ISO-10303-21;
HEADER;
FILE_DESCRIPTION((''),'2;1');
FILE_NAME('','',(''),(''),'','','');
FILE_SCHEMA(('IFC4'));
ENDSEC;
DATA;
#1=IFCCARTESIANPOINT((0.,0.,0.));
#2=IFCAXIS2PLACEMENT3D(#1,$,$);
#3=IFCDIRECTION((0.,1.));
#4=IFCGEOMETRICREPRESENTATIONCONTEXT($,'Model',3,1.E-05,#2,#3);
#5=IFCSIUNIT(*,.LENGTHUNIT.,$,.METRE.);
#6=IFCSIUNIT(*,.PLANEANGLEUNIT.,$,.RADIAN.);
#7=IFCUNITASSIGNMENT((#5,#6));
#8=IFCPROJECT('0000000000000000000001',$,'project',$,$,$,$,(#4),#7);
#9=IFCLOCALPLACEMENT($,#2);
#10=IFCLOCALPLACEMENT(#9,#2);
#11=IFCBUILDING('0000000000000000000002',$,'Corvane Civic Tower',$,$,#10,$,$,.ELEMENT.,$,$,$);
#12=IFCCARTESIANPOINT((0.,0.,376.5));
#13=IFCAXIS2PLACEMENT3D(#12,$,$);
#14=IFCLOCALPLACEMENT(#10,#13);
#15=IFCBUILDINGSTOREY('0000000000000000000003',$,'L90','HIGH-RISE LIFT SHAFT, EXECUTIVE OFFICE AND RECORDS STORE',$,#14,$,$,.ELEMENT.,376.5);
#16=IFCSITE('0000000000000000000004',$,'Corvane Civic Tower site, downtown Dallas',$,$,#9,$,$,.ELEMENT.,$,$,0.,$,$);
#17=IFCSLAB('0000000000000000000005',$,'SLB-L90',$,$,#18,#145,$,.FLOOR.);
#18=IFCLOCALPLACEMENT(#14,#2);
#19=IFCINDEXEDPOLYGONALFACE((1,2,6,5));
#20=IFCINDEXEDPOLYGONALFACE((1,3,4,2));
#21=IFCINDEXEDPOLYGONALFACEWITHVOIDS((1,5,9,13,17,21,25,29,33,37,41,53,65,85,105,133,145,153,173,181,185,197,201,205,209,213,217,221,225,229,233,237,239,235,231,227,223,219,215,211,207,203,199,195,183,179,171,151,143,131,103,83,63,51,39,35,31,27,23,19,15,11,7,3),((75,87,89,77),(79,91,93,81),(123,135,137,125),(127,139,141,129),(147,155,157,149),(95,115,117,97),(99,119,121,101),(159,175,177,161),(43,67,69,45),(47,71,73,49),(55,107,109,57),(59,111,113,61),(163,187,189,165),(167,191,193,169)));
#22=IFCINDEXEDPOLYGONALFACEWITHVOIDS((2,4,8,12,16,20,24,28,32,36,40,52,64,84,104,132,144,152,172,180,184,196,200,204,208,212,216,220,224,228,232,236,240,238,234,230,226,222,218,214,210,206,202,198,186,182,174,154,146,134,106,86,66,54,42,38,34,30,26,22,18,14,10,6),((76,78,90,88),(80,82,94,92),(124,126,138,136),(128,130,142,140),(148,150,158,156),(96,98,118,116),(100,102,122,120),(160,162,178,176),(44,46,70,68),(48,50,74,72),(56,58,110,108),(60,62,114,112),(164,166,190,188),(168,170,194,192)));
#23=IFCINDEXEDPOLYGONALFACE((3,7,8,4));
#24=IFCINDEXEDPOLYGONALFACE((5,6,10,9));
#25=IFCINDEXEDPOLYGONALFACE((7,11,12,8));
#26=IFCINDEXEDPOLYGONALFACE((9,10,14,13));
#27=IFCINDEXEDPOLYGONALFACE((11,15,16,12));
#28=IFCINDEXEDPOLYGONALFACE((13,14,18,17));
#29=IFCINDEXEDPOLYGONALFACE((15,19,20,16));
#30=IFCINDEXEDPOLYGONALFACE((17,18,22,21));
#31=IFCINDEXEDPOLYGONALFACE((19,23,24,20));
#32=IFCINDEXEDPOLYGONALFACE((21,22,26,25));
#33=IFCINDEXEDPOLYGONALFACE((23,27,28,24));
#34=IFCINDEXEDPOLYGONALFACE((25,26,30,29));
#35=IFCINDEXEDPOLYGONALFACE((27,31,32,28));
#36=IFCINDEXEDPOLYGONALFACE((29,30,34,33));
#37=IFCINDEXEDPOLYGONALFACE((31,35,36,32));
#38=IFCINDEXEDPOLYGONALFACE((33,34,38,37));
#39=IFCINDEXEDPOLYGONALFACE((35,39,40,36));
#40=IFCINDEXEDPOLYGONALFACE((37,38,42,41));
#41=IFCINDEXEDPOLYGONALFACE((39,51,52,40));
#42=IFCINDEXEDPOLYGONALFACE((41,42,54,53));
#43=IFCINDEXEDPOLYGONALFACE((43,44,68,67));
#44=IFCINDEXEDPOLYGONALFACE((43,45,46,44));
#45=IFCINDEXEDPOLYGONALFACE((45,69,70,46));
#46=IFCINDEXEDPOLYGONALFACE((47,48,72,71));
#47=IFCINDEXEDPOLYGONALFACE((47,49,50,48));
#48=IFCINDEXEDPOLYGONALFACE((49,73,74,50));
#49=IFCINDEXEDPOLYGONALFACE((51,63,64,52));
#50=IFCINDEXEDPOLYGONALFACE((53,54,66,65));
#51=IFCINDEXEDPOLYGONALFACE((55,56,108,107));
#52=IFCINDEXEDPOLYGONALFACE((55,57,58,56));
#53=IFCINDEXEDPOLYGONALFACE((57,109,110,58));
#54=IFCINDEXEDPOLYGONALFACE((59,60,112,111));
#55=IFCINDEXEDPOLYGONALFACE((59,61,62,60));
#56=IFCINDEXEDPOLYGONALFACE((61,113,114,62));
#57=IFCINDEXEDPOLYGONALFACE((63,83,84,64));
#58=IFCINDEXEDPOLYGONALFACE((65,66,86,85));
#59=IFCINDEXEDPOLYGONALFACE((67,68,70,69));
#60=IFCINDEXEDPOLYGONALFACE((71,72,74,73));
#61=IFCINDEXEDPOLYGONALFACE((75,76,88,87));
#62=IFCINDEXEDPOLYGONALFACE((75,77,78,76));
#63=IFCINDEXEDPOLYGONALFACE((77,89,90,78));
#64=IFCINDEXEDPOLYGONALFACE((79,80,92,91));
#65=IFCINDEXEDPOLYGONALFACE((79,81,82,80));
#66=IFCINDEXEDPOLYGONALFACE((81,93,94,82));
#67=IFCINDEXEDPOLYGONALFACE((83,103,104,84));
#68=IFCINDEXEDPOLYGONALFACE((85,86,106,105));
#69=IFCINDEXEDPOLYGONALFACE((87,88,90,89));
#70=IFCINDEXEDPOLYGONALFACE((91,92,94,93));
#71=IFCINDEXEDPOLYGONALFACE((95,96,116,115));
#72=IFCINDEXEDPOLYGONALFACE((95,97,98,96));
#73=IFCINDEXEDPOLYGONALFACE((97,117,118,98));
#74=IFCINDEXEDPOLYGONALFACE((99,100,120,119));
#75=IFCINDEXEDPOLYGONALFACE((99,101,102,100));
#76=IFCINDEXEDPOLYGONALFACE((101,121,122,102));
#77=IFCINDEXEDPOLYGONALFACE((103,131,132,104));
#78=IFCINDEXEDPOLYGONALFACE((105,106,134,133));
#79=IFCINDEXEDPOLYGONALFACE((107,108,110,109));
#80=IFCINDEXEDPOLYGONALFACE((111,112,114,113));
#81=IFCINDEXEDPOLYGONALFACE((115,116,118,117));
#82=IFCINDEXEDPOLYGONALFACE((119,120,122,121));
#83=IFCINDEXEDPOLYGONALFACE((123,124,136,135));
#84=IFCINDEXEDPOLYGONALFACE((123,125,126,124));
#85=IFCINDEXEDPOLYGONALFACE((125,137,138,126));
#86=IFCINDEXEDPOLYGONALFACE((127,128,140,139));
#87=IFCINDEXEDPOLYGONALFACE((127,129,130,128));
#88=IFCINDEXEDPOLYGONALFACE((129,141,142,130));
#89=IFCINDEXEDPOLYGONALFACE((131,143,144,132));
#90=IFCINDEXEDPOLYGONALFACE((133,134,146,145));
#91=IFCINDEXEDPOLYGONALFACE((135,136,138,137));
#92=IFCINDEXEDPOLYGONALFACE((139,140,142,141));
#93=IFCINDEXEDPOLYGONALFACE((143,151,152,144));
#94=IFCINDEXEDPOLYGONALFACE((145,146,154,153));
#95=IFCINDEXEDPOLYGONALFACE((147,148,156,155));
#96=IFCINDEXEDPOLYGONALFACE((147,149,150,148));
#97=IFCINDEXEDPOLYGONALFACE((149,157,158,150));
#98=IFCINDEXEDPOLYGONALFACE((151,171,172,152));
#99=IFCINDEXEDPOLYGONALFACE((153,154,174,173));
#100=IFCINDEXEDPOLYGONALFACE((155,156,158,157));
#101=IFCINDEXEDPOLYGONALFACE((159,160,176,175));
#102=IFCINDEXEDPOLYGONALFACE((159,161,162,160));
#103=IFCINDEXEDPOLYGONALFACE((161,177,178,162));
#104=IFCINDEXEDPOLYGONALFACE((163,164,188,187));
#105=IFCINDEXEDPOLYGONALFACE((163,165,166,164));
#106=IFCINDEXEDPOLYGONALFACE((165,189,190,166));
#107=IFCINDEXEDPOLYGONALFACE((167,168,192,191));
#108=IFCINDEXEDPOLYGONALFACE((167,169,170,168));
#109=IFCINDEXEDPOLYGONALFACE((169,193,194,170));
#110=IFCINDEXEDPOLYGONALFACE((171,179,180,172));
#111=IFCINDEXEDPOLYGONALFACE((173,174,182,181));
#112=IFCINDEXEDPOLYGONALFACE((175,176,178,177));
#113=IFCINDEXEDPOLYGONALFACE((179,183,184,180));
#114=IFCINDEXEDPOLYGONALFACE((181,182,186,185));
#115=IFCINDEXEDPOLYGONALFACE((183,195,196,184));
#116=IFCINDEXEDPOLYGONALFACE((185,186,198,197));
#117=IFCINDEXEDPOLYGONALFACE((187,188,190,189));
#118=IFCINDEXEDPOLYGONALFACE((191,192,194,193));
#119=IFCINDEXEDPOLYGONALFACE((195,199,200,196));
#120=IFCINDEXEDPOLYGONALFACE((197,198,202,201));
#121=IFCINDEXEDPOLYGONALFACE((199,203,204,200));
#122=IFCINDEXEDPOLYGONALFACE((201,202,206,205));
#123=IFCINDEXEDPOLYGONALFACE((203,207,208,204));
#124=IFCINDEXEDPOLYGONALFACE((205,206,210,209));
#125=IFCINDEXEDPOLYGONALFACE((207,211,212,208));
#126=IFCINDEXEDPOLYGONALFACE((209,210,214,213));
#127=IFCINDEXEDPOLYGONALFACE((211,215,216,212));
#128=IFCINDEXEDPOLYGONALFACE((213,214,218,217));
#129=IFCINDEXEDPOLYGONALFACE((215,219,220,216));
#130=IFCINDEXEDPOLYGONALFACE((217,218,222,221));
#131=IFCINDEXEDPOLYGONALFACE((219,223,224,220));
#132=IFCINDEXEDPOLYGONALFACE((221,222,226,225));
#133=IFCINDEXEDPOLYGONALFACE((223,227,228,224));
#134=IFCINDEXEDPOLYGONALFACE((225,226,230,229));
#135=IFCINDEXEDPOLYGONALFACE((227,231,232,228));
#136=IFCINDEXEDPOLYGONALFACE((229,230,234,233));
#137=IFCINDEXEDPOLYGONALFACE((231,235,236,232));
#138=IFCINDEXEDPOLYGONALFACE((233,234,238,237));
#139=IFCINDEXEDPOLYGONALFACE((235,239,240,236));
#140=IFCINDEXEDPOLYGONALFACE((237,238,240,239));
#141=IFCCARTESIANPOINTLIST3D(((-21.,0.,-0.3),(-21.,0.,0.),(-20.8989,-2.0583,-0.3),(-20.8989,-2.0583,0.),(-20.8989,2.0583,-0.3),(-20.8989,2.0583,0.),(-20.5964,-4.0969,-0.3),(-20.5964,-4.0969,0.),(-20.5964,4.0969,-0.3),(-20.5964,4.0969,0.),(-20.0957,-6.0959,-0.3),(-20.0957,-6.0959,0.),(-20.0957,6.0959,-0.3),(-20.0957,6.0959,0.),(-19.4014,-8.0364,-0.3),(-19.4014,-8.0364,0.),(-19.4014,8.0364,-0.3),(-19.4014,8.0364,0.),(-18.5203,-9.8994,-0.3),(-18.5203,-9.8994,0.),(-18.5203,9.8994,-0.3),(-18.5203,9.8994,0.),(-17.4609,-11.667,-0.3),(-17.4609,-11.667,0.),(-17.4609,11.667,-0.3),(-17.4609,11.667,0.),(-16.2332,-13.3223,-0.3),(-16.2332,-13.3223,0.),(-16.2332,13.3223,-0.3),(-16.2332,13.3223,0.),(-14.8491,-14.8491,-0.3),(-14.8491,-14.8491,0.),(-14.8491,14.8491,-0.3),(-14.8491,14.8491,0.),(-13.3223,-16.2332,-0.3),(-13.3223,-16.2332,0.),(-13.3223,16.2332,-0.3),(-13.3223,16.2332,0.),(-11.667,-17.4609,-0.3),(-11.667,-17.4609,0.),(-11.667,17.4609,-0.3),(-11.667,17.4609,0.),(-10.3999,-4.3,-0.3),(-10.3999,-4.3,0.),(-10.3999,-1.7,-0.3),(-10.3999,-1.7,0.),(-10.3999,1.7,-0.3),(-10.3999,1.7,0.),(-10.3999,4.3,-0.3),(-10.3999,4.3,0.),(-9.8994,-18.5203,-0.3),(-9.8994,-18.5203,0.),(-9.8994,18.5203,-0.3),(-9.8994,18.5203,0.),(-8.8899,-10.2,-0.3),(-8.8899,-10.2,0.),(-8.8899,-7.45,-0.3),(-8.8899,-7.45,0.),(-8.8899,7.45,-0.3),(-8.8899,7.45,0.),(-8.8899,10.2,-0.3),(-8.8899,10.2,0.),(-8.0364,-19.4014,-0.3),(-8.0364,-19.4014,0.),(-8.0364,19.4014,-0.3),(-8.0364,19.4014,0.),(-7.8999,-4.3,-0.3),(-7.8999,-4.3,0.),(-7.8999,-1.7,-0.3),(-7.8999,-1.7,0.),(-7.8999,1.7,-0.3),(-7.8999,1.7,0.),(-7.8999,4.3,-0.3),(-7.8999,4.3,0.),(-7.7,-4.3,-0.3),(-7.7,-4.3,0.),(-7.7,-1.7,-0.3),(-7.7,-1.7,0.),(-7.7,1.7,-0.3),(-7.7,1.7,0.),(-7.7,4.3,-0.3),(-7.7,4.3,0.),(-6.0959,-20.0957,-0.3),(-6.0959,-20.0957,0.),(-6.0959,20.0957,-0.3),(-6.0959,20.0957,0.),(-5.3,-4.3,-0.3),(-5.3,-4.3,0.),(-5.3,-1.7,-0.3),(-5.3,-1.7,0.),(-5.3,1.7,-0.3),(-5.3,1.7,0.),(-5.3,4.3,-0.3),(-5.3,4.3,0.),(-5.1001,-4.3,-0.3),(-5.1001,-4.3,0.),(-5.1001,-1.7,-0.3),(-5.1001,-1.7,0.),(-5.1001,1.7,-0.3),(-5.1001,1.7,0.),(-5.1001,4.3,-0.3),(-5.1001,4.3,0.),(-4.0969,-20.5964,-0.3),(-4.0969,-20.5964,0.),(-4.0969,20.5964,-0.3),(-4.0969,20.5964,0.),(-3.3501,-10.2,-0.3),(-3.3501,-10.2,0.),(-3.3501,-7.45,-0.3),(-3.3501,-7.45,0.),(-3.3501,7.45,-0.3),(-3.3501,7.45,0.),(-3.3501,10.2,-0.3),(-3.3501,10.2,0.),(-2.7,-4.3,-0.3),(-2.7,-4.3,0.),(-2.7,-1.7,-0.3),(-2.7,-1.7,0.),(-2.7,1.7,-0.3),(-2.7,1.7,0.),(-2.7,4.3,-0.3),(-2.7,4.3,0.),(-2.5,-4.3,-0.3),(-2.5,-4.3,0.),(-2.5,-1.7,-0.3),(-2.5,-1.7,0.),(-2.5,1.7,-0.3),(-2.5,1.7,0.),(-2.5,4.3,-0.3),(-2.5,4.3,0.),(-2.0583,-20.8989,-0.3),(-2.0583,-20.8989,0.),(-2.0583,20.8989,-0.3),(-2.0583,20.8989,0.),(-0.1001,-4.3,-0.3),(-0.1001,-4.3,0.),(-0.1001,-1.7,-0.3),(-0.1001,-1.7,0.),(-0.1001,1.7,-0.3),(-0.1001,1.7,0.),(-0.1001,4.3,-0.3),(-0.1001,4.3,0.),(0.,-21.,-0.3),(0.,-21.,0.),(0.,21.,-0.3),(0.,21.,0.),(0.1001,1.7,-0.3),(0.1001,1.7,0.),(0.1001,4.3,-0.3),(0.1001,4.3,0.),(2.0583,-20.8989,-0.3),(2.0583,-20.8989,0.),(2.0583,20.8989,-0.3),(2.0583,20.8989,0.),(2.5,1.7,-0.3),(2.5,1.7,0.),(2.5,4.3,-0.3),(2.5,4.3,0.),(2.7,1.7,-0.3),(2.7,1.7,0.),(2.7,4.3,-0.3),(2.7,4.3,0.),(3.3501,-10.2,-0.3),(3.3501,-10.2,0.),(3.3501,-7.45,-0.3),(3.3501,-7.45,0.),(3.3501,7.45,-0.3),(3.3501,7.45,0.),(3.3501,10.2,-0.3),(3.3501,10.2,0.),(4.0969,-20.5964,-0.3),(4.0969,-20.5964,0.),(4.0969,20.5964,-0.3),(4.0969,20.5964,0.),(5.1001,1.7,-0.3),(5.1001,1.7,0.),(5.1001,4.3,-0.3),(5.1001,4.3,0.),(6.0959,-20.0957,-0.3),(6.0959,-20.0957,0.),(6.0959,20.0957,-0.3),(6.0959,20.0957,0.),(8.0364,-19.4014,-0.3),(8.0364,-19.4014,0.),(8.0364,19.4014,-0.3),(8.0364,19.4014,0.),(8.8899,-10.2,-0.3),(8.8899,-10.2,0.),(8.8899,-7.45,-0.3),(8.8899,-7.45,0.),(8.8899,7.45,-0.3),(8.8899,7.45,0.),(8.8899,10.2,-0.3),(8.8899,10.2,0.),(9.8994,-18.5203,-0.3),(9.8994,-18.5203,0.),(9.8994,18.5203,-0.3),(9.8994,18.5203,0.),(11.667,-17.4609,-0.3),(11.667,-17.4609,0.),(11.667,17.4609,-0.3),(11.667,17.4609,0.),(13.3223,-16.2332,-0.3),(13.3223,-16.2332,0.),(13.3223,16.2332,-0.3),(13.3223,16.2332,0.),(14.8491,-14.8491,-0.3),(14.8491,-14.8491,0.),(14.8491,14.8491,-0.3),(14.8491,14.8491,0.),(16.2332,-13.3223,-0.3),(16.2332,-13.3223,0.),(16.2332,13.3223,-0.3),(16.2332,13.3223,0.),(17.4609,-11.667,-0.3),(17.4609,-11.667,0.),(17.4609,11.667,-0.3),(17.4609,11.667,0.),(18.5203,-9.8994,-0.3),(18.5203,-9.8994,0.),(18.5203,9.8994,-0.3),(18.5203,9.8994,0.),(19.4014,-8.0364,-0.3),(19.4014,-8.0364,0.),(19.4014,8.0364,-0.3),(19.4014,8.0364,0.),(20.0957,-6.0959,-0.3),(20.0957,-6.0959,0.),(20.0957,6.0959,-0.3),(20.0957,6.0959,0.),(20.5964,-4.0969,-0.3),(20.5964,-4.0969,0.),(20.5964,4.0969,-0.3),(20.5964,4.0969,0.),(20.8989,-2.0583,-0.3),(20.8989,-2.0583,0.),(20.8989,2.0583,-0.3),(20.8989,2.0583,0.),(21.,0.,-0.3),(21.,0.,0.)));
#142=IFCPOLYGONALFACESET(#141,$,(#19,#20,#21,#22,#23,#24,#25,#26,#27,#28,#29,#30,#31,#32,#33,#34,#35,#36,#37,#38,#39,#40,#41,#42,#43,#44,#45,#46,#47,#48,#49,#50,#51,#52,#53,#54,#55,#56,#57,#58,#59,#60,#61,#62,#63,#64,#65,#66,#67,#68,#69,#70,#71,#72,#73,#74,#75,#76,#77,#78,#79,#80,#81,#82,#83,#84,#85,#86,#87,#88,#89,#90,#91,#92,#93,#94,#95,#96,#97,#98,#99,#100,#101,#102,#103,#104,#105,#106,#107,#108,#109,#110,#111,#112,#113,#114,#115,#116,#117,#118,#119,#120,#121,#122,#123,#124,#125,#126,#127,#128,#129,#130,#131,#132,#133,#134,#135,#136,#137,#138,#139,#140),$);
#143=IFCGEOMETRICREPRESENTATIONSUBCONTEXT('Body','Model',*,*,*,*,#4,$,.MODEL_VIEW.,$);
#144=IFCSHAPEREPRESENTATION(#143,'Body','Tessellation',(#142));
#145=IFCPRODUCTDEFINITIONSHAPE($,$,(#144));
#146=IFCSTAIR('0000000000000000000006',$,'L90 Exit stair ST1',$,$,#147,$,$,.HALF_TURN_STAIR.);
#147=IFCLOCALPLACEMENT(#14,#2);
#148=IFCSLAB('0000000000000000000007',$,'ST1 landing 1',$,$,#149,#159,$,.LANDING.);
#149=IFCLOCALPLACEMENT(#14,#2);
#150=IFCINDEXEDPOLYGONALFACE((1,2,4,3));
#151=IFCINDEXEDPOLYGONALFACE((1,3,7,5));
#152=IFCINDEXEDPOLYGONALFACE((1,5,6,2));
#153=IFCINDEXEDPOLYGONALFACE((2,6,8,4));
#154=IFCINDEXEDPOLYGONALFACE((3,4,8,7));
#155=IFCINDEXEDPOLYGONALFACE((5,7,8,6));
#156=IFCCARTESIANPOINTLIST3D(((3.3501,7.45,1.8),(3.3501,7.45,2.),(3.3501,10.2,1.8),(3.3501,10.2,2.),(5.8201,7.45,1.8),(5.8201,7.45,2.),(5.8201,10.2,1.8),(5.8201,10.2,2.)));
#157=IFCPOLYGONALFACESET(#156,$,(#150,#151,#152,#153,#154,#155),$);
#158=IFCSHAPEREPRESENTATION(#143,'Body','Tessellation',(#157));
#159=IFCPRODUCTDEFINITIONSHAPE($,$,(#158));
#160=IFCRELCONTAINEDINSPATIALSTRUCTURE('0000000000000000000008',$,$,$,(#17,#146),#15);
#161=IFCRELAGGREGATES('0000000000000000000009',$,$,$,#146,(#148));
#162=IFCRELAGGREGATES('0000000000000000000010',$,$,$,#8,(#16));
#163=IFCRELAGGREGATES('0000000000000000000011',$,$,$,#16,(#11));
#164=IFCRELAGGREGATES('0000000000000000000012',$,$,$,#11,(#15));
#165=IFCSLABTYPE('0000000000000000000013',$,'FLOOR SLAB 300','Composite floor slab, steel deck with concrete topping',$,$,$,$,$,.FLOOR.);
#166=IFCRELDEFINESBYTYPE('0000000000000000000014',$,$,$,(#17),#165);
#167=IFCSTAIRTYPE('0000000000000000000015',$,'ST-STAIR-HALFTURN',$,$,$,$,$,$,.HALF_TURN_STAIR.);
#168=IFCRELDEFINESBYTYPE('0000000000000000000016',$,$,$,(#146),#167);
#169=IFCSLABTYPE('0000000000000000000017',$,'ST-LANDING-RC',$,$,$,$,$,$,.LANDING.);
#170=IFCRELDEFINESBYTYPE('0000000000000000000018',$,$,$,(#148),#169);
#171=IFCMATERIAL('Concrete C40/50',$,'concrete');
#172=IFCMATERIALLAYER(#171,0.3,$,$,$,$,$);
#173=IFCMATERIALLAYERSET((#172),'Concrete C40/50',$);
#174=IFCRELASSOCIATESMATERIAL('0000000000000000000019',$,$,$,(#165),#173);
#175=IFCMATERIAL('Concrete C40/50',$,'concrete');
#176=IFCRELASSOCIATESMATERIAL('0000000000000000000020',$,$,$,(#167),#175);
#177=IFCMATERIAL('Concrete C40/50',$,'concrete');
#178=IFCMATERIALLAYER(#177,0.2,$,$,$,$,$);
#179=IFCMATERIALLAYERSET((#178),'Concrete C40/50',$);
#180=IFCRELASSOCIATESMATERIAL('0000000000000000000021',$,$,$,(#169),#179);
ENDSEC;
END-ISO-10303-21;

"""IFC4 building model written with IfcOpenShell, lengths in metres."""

from ifc_helpers import new_model, si_unit, direction, frame, origin, place, context, subcontext, project, spatial, polyline, outline, extrude, material, layer, layer_set, type_object, element, aggregate, save


model = new_model("IFC4")

# Units and contexts
model_context = context("Model", 3, precision=1e-05, world=origin(), true_north=direction((0.0, 1.0)))
body_context = subcontext(model_context, "Body", "Model", "MODEL_VIEW")
ifc_project = project(units=[si_unit("LENGTHUNIT", "METRE"), si_unit("PLANEANGLEUNIT", "RADIAN")], contexts=[model_context])

# Site, building, storey
site_placement = place(None, origin())
site = spatial("IfcSite", under=ifc_project, at=site_placement, Name="Corvane Civic Tower site, downtown Dallas", CompositionType="ELEMENT", RefElevation=0.0)
building_placement = place(site_placement, origin())
building = spatial("IfcBuilding", under=site, at=building_placement, Name="Corvane Civic Tower", CompositionType="ELEMENT")
storey_placement = place(building_placement, frame((0.0, 0.0, 376.5)))
storey = spatial("IfcBuildingStorey", under=building, at=storey_placement, Name="L90", Description="HIGH-RISE LIFT SHAFT, EXECUTIVE OFFICE AND RECORDS STORE", CompositionType="ELEMENT", Elevation=376.5)

# Slab
ifc_material_1 = material(Name="Concrete C40/50", Category="concrete")
ifc_layer_1 = layer(ifc_material_1, 0.3)
ifc_layer_set_1 = layer_set([ifc_layer_1], Name="Concrete C40/50")
slab_type_1 = type_object("IfcSlabType", Name="FLOOR SLAB 300", Description="Composite floor slab, steel deck with concrete topping", PredefinedType="FLOOR", material=ifc_layer_set_1)
slab_1_placement = place(storey_placement, frame((0.0, 0.0, -0.3)))
element("IfcSlab", 1, at=slab_1_placement, inside=storey, type_object=slab_type_1, Name="SLB-L90", PredefinedType="FLOOR", context=body_context, shape_type="SweptSolid", body=[
    extrude(outline(polyline([(0.0, 21.0), (-2.0583, 20.8989), (-4.0969, 20.5964), (-6.0959, 20.0957), (-8.0364, 19.4014), (-9.8994, 18.5203), (-11.667, 17.4609), (-13.3223, 16.2332), (-14.8491, 14.8491), (-16.2332, 13.3223), (-17.4609, 11.667), (-18.5203, 9.8994), (-19.4014, 8.0364), (-20.0957, 6.0959), (-20.5964, 4.0969), (-20.8989, 2.0583), (-21.0, 0.0), (-20.8989, -2.0583), (-20.5964, -4.0969), (-20.0957, -6.0959), (-19.4014, -8.0364), (-18.5203, -9.8994), (-17.4609, -11.667), (-16.2332, -13.3223), (-14.8491, -14.8491), (-13.3223, -16.2332), (-11.667, -17.4609), (-9.8994, -18.5203), (-8.0364, -19.4014), (-6.0959, -20.0957), (-4.0969, -20.5964), (-2.0583, -20.8989), (0.0, -21.0), (2.0583, -20.8989), (4.0969, -20.5964), (6.0959, -20.0957), (8.0364, -19.4014), (9.8994, -18.5203), (11.667, -17.4609), (13.3223, -16.2332), (14.8491, -14.8491), (16.2332, -13.3223), (17.4609, -11.667), (18.5203, -9.8994), (19.4014, -8.0364), (20.0957, -6.0959), (20.5964, -4.0969), (20.8989, -2.0583), (21.0, 0.0), (20.8989, 2.0583), (20.5964, 4.0969), (20.0957, 6.0959), (19.4014, 8.0364), (18.5203, 9.8994), (17.4609, 11.667), (16.2332, 13.3223), (14.8491, 14.8491), (13.3223, 16.2332), (11.667, 17.4609), (9.8994, 18.5203), (8.0364, 19.4014), (6.0959, 20.0957), (4.0969, 20.5964), (2.0583, 20.8989), (0.0, 21.0)]), holes=[polyline([(-10.3999, 4.3), (-7.8999, 4.3), (-7.8999, 1.7), (-10.3999, 1.7), (-10.3999, 4.3)]), polyline([(-5.3, 1.7), (-7.7, 1.7), (-7.7, 4.3), (-5.3, 4.3), (-5.3, 1.7)]), polyline([(-2.7, 1.7), (-5.1001, 1.7), (-5.1001, 4.3), (-2.7, 4.3), (-2.7, 1.7)]), polyline([(-0.1001, 4.3), (-0.1001, 1.7), (-2.5, 1.7), (-2.5, 4.3), (-0.1001, 4.3)]), polyline([(2.5, 4.3), (2.5, 1.7), (0.1001, 1.7), (0.1001, 4.3), (2.5, 4.3)]), polyline([(5.1001, 4.3), (5.1001, 1.7), (2.7, 1.7), (2.7, 4.3), (5.1001, 4.3)]), polyline([(-10.3999, -1.7), (-7.8999, -1.7), (-7.8999, -4.3), (-10.3999, -4.3), (-10.3999, -1.7)]), polyline([(-5.3, -1.7), (-5.3, -4.3), (-7.7, -4.3), (-7.7, -1.7), (-5.3, -1.7)]), polyline([(-5.1001, -4.3), (-5.1001, -1.7), (-2.7, -1.7), (-2.7, -4.3), (-5.1001, -4.3)]), polyline([(-2.5, -4.3), (-2.5, -1.7), (-0.1001, -1.7), (-0.1001, -4.3), (-2.5, -4.3)]), polyline([(8.8899, 10.2), (8.8899, 7.45), (3.3501, 7.45), (3.3501, 10.2), (8.8899, 10.2)]), polyline([(-8.8899, 7.45), (-8.8899, 10.2), (-3.3501, 10.2), (-3.3501, 7.45), (-8.8899, 7.45)]), polyline([(8.8899, -7.45), (8.8899, -10.2), (3.3501, -10.2), (3.3501, -7.45), (8.8899, -7.45)]), polyline([(-8.8899, -10.2), (-8.8899, -7.45), (-3.3501, -7.45), (-3.3501, -10.2), (-8.8899, -10.2)])]), origin(), (0.0, 0.0, 1.0), 0.3),
])

# Stair, slab
ifc_material_2 = material(Name="Concrete C40/50", Category="concrete")
stair_type = type_object("IfcStairType", Name="ST-STAIR-HALFTURN", PredefinedType="HALF_TURN_STAIR", material=ifc_material_2)
stair_1_placement = place(storey_placement, origin())
stair_1 = element("IfcStair", 2, at=stair_1_placement, inside=storey, type_object=stair_type, Name="L90 Exit stair ST1", PredefinedType="HALF_TURN_STAIR")
ifc_material_3 = material(Name="Concrete C40/50", Category="concrete")
ifc_layer_2 = layer(ifc_material_3, 0.2)
ifc_layer_set_2 = layer_set([ifc_layer_2], Name="Concrete C40/50")
slab_type_2 = type_object("IfcSlabType", Name="ST-LANDING-RC", PredefinedType="LANDING", material=ifc_layer_set_2)
slab_2_placement = place(storey_placement, frame((0.0, 0.0, 1.8)))
slab_2 = element("IfcSlab", 3, at=slab_2_placement, type_object=slab_type_2, Name="ST1 landing 1", PredefinedType="LANDING", context=body_context, shape_type="SweptSolid", body=[
    extrude(outline(polyline([(5.8201, 10.2), (3.3501, 10.2), (3.3501, 7.45), (5.8201, 7.45), (5.8201, 10.2)])), origin(), (0.0, 0.0, 1.0), 0.2),
])
aggregate(stair_1, [slab_2])

save(model, "model.ifc")
